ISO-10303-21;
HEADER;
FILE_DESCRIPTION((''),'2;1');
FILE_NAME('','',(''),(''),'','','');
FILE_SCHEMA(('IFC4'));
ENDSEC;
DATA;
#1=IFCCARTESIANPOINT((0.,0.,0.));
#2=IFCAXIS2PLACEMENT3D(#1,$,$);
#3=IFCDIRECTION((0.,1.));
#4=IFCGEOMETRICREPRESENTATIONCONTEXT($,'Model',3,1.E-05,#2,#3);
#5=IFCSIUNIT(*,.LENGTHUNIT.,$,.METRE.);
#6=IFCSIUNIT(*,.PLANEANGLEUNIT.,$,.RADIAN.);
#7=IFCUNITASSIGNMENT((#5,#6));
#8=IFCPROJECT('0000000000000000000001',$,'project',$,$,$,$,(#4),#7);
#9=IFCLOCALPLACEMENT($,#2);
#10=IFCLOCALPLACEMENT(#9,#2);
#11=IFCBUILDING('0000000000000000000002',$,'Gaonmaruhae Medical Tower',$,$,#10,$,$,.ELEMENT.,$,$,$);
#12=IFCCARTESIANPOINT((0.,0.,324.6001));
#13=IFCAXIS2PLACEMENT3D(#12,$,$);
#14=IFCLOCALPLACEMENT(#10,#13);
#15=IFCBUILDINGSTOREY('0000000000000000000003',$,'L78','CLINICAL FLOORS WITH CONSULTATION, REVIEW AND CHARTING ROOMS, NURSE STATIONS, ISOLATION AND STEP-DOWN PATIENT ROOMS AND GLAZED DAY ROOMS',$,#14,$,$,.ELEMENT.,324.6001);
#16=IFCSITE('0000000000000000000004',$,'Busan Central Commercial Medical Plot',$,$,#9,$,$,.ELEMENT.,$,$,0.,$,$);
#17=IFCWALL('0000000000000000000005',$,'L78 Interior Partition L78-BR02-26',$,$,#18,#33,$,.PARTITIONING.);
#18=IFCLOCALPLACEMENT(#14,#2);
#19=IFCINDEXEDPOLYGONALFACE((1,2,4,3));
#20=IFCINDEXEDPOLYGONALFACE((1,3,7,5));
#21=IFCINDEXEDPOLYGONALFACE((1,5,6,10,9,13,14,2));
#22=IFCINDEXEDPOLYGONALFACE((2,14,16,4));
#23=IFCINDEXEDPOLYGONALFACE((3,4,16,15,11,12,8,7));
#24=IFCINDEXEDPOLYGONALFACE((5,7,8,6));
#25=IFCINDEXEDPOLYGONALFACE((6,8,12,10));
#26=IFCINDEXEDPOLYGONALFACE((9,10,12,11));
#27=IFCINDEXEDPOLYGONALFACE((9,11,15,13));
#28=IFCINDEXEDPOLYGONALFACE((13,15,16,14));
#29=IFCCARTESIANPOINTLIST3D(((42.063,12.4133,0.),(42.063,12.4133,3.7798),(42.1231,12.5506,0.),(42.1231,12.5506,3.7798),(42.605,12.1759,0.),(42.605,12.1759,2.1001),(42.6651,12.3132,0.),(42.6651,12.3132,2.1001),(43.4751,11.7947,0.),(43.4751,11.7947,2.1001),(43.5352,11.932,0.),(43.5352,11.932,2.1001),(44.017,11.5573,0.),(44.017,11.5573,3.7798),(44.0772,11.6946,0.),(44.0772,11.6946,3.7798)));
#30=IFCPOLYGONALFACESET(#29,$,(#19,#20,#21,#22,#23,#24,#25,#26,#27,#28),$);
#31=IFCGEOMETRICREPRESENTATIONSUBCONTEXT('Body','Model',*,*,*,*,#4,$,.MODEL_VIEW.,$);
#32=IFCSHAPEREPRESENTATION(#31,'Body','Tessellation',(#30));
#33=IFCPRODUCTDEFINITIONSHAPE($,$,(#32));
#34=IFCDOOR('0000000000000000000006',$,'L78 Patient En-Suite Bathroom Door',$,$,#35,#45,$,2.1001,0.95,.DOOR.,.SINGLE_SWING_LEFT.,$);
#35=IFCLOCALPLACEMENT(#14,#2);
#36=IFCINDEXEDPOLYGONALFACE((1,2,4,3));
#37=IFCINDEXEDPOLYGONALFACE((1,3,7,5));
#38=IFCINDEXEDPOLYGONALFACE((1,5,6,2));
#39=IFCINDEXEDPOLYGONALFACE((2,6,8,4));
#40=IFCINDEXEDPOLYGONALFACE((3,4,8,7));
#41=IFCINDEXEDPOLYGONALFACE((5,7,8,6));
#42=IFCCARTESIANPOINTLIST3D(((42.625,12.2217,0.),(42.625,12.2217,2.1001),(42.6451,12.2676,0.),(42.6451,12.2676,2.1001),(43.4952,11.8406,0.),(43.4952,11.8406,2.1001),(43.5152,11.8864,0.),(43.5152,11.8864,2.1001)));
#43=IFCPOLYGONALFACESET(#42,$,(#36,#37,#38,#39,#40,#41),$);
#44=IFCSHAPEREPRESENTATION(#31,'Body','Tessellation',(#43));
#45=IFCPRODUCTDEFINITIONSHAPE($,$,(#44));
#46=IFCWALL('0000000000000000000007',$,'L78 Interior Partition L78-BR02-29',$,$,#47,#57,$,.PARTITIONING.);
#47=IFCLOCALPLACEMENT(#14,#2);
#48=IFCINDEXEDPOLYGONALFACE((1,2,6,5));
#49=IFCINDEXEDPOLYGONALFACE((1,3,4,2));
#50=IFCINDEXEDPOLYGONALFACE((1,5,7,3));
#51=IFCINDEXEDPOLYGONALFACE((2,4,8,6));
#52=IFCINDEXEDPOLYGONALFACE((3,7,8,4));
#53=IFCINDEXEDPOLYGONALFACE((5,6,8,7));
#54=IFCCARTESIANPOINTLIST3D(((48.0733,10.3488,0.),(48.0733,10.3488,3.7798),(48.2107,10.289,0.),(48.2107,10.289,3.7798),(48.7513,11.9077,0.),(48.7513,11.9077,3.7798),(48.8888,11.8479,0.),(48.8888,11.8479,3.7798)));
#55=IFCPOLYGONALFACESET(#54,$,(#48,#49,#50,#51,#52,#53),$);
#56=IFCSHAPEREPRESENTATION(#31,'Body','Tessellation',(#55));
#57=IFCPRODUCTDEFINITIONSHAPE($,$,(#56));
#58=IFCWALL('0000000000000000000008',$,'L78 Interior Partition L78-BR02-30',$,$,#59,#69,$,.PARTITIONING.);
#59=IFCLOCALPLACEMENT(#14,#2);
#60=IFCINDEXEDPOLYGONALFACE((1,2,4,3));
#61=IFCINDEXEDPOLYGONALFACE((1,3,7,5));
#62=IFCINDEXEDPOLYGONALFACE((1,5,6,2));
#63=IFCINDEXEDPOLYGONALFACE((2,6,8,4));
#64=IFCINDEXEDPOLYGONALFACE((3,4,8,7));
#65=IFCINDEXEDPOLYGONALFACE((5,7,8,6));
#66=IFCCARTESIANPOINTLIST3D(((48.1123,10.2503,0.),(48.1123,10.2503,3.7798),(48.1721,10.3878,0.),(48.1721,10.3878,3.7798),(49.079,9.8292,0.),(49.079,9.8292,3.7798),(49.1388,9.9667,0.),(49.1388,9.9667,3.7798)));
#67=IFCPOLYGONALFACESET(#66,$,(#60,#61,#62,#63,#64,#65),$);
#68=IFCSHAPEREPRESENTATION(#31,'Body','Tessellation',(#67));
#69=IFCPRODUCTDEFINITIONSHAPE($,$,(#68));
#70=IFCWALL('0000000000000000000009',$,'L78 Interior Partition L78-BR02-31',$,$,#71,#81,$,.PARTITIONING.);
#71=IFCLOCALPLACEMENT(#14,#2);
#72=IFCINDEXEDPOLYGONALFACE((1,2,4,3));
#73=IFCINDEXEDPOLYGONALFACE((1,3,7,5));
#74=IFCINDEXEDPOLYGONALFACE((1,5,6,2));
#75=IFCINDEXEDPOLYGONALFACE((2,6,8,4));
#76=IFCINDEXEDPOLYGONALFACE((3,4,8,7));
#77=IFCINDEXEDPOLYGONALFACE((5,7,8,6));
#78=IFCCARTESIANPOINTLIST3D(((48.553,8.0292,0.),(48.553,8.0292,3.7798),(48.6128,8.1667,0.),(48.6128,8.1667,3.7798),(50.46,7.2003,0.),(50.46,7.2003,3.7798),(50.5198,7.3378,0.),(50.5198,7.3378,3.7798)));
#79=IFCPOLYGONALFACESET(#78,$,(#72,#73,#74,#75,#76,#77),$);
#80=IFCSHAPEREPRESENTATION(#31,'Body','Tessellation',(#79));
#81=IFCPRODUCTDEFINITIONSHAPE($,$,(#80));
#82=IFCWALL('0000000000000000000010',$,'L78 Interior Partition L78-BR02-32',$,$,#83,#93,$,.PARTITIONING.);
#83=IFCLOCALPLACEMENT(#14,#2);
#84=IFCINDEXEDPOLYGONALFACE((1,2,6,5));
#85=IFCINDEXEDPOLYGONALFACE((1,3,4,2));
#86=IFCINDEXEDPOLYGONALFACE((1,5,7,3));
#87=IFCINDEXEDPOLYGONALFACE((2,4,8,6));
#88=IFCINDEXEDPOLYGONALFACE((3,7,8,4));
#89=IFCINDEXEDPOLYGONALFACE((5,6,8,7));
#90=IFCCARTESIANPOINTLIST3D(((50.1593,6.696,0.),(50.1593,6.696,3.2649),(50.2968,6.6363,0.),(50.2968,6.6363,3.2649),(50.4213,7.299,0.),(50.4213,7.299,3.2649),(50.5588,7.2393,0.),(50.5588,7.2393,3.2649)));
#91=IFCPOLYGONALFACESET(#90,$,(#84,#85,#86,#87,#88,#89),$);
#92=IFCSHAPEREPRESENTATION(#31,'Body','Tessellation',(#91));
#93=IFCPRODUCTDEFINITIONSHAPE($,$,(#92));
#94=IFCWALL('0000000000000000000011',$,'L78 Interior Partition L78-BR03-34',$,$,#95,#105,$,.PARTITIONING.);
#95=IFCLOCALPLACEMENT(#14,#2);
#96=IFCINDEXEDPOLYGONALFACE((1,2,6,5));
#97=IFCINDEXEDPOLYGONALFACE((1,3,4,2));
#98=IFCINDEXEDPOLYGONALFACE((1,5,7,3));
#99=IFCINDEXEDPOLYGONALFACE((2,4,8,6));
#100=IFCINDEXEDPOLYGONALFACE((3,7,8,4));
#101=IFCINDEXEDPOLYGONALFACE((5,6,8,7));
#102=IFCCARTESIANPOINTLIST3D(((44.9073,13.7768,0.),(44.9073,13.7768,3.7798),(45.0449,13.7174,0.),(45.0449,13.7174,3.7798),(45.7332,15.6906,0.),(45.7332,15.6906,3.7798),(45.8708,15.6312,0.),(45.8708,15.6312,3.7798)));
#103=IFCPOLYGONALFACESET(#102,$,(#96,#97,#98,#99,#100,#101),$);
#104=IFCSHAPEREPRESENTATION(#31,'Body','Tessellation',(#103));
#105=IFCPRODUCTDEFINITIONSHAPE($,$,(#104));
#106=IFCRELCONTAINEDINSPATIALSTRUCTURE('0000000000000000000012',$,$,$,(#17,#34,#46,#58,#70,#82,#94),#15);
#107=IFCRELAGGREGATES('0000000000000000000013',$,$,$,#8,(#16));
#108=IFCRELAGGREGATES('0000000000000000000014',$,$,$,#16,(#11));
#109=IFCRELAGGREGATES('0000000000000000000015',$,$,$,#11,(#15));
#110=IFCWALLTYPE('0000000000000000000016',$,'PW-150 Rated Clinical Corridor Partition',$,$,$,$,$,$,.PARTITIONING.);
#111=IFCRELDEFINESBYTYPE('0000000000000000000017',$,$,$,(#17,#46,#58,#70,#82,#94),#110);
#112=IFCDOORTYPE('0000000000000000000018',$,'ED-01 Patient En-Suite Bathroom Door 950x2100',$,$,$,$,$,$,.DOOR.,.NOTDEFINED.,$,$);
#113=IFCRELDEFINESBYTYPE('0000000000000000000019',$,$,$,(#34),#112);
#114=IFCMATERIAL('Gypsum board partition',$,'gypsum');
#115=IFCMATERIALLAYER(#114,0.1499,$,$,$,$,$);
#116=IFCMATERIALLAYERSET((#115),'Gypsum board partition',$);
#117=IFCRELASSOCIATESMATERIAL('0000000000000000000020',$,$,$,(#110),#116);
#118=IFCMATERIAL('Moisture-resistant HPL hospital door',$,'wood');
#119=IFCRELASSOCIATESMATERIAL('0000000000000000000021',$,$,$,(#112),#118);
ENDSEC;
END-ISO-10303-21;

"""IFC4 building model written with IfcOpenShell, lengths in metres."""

from ifc_helpers import new_model, si_unit, direction, frame, frame_2d, origin, place, context, subcontext, project, spatial, rectangle, extrude, material, layer, layer_set, type_object, element, fill, save


model = new_model("IFC4")

# Units and contexts
model_context = context("Model", 3, precision=1e-05, world=origin(), true_north=direction((0.0, 1.0)))
body_context = subcontext(model_context, "Body", "Model", "MODEL_VIEW")
ifc_project = project(units=[si_unit("LENGTHUNIT", "METRE"), si_unit("PLANEANGLEUNIT", "RADIAN")], contexts=[model_context])

# Site, building, storey
site_placement = place(None, origin())
site = spatial("IfcSite", under=ifc_project, at=site_placement, Name="Busan Central Commercial Medical Plot", CompositionType="ELEMENT", RefElevation=0.0)
building_placement = place(site_placement, origin())
building = spatial("IfcBuilding", under=site, at=building_placement, Name="Gaonmaruhae Medical Tower", CompositionType="ELEMENT")
storey_placement = place(building_placement, frame((0.0, 0.0, 324.6001)))
storey = spatial("IfcBuildingStorey", under=building, at=storey_placement, Name="L78", Description="CLINICAL FLOORS WITH CONSULTATION, REVIEW AND CHARTING ROOMS, NURSE STATIONS, ISOLATION AND STEP-DOWN PATIENT ROOMS AND GLAZED DAY ROOMS", CompositionType="ELEMENT", Elevation=324.6001)

# Shared definitions
ifc_material_1 = material(Name="Gypsum board partition", Category="gypsum")
ifc_layer_1 = layer(ifc_material_1, 0.1499)
ifc_layer_set_1 = layer_set([ifc_layer_1], Name="Gypsum board partition")
wall_type_1 = type_object("IfcWallType", Name="PW-150 Rated Clinical Corridor Partition", PredefinedType="PARTITIONING", material=ifc_layer_set_1)

# Wall, opening, door
wall_1_placement = place(storey_placement, frame((44.0471, 11.626, 0.0), z_axis=(0.0, 0.0, 1.0), x_axis=(-0.915979, 0.401227, 0.0)))
wall_1 = element("IfcWall", 1, at=wall_1_placement, inside=storey, type_object=wall_type_1, Name="L78 Interior Partition L78-BR02-26", PredefinedType="PARTITIONING", context=body_context, shape_type="SweptSolid", body=[
    extrude(rectangle(XDim=2.1333, YDim=0.1499, at=frame_2d((1.0667, 0.0))), origin(), (0.0, 0.0, 1.0), 3.7798),
])
opening_1_placement = place(wall_1_placement, frame((0.5916, 0.0, 0.0)))
opening_1 = element("IfcOpeningElement", 2, at=opening_1_placement, cuts=wall_1, PredefinedType="OPENING", context=body_context, shape_type="SweptSolid", body=[
    extrude(rectangle(XDim=0.95, YDim=2.1001, at=frame_2d((0.4751, 1.05))), frame((0.0, 0.085, 0.0), z_axis=(0.0, -1.0, 0.0), x_axis=(1.0, 0.0, 0.0)), (0.0, 0.0, 1.0), 0.1699),
])
ifc_material_2 = material(Name="Moisture-resistant HPL hospital door", Category="wood")
door_type_1 = type_object("IfcDoorType", Name="ED-01 Patient En-Suite Bathroom Door 950x2100", OperationType="NOTDEFINED", PredefinedType="DOOR", material=ifc_material_2)
door_1_placement = place(opening_1_placement, origin())
door_1 = element("IfcDoor", 3, at=door_1_placement, inside=storey, type_object=door_type_1, Name="L78 Patient En-Suite Bathroom Door", OperationType="SINGLE_SWING_LEFT", OverallHeight=2.1001, OverallWidth=0.95, PredefinedType="DOOR", context=body_context, shape_type="SweptSolid", body=[
    extrude(rectangle(XDim=0.95, YDim=2.1001, at=frame_2d((0.4751, 1.05))), frame((0.0, 0.0249, 0.0), z_axis=(0.0, -1.0, 0.0), x_axis=(1.0, 0.0, 0.0)), (0.0, 0.0, 1.0), 0.05),
])
fill(opening_1, door_1)

# Walls
wall_2_placement = place(storey_placement, frame((48.8201, 11.8779, 0.0), z_axis=(0.0, 0.0, 1.0), x_axis=(-0.398836, -0.917022, 0.0)))
element("IfcWall", 4, at=wall_2_placement, inside=storey, type_object=wall_type_1, Name="L78 Interior Partition L78-BR02-29", PredefinedType="PARTITIONING", context=body_context, shape_type="SweptSolid", body=[
    extrude(rectangle(XDim=1.7, YDim=0.1499, at=frame_2d((0.8501, 0.0))), origin(), (0.0, 0.0, 1.0), 3.7798),
])
wall_3_placement = place(storey_placement, frame((48.1421, 10.3191, 0.0), z_axis=(0.0, 0.0, 1.0), x_axis=(0.916794, -0.399361, 0.0)))
element("IfcWall", 5, at=wall_3_placement, inside=storey, type_object=wall_type_1, Name="L78 Interior Partition L78-BR02-30", PredefinedType="PARTITIONING", context=body_context, shape_type="SweptSolid", body=[
    extrude(rectangle(XDim=1.0544, YDim=0.1499, at=frame_2d((0.5273, 0.0))), origin(), (0.0, 0.0, 1.0), 3.7798),
])
wall_4_placement = place(storey_placement, frame((48.583, 8.0979, 0.0), z_axis=(0.0, 0.0, 1.0), x_axis=(0.917117, -0.398619, 0.0)))
element("IfcWall", 6, at=wall_4_placement, inside=storey, type_object=wall_type_1, Name="L78 Interior Partition L78-BR02-31", PredefinedType="PARTITIONING", context=body_context, shape_type="SweptSolid", body=[
    extrude(rectangle(XDim=2.0793, YDim=0.1499, at=frame_2d((1.0396, 0.0))), origin(), (0.0, 0.0, 1.0), 3.7798),
])
wall_5_placement = place(storey_placement, frame((50.49, 7.269, 0.0), z_axis=(0.0, 0.0, 1.0), x_axis=(-0.398441, -0.917194, 0.0)))
element("IfcWall", 7, at=wall_5_placement, inside=storey, type_object=wall_type_1, Name="L78 Interior Partition L78-BR02-32", PredefinedType="PARTITIONING", context=body_context, shape_type="SweptSolid", body=[
    extrude(rectangle(XDim=0.6575, YDim=0.1499, at=frame_2d((0.3286, 0.0))), origin(), (0.0, 0.0, 1.0), 3.2649),
])
wall_6_placement = place(storey_placement, frame((44.9761, 13.7471, 0.0), z_axis=(0.0, 0.0, 1.0), x_axis=(0.396236, 0.918149, 0.0)))
element("IfcWall", 8, at=wall_6_placement, inside=storey, type_object=wall_type_1, Name="L78 Interior Partition L78-BR03-34", PredefinedType="PARTITIONING", context=body_context, shape_type="SweptSolid", body=[
    extrude(rectangle(XDim=2.0845, YDim=0.1499, at=frame_2d((1.0422, 0.0))), origin(), (0.0, 0.0, 1.0), 3.7798),
])

save(model, "model.ifc")
